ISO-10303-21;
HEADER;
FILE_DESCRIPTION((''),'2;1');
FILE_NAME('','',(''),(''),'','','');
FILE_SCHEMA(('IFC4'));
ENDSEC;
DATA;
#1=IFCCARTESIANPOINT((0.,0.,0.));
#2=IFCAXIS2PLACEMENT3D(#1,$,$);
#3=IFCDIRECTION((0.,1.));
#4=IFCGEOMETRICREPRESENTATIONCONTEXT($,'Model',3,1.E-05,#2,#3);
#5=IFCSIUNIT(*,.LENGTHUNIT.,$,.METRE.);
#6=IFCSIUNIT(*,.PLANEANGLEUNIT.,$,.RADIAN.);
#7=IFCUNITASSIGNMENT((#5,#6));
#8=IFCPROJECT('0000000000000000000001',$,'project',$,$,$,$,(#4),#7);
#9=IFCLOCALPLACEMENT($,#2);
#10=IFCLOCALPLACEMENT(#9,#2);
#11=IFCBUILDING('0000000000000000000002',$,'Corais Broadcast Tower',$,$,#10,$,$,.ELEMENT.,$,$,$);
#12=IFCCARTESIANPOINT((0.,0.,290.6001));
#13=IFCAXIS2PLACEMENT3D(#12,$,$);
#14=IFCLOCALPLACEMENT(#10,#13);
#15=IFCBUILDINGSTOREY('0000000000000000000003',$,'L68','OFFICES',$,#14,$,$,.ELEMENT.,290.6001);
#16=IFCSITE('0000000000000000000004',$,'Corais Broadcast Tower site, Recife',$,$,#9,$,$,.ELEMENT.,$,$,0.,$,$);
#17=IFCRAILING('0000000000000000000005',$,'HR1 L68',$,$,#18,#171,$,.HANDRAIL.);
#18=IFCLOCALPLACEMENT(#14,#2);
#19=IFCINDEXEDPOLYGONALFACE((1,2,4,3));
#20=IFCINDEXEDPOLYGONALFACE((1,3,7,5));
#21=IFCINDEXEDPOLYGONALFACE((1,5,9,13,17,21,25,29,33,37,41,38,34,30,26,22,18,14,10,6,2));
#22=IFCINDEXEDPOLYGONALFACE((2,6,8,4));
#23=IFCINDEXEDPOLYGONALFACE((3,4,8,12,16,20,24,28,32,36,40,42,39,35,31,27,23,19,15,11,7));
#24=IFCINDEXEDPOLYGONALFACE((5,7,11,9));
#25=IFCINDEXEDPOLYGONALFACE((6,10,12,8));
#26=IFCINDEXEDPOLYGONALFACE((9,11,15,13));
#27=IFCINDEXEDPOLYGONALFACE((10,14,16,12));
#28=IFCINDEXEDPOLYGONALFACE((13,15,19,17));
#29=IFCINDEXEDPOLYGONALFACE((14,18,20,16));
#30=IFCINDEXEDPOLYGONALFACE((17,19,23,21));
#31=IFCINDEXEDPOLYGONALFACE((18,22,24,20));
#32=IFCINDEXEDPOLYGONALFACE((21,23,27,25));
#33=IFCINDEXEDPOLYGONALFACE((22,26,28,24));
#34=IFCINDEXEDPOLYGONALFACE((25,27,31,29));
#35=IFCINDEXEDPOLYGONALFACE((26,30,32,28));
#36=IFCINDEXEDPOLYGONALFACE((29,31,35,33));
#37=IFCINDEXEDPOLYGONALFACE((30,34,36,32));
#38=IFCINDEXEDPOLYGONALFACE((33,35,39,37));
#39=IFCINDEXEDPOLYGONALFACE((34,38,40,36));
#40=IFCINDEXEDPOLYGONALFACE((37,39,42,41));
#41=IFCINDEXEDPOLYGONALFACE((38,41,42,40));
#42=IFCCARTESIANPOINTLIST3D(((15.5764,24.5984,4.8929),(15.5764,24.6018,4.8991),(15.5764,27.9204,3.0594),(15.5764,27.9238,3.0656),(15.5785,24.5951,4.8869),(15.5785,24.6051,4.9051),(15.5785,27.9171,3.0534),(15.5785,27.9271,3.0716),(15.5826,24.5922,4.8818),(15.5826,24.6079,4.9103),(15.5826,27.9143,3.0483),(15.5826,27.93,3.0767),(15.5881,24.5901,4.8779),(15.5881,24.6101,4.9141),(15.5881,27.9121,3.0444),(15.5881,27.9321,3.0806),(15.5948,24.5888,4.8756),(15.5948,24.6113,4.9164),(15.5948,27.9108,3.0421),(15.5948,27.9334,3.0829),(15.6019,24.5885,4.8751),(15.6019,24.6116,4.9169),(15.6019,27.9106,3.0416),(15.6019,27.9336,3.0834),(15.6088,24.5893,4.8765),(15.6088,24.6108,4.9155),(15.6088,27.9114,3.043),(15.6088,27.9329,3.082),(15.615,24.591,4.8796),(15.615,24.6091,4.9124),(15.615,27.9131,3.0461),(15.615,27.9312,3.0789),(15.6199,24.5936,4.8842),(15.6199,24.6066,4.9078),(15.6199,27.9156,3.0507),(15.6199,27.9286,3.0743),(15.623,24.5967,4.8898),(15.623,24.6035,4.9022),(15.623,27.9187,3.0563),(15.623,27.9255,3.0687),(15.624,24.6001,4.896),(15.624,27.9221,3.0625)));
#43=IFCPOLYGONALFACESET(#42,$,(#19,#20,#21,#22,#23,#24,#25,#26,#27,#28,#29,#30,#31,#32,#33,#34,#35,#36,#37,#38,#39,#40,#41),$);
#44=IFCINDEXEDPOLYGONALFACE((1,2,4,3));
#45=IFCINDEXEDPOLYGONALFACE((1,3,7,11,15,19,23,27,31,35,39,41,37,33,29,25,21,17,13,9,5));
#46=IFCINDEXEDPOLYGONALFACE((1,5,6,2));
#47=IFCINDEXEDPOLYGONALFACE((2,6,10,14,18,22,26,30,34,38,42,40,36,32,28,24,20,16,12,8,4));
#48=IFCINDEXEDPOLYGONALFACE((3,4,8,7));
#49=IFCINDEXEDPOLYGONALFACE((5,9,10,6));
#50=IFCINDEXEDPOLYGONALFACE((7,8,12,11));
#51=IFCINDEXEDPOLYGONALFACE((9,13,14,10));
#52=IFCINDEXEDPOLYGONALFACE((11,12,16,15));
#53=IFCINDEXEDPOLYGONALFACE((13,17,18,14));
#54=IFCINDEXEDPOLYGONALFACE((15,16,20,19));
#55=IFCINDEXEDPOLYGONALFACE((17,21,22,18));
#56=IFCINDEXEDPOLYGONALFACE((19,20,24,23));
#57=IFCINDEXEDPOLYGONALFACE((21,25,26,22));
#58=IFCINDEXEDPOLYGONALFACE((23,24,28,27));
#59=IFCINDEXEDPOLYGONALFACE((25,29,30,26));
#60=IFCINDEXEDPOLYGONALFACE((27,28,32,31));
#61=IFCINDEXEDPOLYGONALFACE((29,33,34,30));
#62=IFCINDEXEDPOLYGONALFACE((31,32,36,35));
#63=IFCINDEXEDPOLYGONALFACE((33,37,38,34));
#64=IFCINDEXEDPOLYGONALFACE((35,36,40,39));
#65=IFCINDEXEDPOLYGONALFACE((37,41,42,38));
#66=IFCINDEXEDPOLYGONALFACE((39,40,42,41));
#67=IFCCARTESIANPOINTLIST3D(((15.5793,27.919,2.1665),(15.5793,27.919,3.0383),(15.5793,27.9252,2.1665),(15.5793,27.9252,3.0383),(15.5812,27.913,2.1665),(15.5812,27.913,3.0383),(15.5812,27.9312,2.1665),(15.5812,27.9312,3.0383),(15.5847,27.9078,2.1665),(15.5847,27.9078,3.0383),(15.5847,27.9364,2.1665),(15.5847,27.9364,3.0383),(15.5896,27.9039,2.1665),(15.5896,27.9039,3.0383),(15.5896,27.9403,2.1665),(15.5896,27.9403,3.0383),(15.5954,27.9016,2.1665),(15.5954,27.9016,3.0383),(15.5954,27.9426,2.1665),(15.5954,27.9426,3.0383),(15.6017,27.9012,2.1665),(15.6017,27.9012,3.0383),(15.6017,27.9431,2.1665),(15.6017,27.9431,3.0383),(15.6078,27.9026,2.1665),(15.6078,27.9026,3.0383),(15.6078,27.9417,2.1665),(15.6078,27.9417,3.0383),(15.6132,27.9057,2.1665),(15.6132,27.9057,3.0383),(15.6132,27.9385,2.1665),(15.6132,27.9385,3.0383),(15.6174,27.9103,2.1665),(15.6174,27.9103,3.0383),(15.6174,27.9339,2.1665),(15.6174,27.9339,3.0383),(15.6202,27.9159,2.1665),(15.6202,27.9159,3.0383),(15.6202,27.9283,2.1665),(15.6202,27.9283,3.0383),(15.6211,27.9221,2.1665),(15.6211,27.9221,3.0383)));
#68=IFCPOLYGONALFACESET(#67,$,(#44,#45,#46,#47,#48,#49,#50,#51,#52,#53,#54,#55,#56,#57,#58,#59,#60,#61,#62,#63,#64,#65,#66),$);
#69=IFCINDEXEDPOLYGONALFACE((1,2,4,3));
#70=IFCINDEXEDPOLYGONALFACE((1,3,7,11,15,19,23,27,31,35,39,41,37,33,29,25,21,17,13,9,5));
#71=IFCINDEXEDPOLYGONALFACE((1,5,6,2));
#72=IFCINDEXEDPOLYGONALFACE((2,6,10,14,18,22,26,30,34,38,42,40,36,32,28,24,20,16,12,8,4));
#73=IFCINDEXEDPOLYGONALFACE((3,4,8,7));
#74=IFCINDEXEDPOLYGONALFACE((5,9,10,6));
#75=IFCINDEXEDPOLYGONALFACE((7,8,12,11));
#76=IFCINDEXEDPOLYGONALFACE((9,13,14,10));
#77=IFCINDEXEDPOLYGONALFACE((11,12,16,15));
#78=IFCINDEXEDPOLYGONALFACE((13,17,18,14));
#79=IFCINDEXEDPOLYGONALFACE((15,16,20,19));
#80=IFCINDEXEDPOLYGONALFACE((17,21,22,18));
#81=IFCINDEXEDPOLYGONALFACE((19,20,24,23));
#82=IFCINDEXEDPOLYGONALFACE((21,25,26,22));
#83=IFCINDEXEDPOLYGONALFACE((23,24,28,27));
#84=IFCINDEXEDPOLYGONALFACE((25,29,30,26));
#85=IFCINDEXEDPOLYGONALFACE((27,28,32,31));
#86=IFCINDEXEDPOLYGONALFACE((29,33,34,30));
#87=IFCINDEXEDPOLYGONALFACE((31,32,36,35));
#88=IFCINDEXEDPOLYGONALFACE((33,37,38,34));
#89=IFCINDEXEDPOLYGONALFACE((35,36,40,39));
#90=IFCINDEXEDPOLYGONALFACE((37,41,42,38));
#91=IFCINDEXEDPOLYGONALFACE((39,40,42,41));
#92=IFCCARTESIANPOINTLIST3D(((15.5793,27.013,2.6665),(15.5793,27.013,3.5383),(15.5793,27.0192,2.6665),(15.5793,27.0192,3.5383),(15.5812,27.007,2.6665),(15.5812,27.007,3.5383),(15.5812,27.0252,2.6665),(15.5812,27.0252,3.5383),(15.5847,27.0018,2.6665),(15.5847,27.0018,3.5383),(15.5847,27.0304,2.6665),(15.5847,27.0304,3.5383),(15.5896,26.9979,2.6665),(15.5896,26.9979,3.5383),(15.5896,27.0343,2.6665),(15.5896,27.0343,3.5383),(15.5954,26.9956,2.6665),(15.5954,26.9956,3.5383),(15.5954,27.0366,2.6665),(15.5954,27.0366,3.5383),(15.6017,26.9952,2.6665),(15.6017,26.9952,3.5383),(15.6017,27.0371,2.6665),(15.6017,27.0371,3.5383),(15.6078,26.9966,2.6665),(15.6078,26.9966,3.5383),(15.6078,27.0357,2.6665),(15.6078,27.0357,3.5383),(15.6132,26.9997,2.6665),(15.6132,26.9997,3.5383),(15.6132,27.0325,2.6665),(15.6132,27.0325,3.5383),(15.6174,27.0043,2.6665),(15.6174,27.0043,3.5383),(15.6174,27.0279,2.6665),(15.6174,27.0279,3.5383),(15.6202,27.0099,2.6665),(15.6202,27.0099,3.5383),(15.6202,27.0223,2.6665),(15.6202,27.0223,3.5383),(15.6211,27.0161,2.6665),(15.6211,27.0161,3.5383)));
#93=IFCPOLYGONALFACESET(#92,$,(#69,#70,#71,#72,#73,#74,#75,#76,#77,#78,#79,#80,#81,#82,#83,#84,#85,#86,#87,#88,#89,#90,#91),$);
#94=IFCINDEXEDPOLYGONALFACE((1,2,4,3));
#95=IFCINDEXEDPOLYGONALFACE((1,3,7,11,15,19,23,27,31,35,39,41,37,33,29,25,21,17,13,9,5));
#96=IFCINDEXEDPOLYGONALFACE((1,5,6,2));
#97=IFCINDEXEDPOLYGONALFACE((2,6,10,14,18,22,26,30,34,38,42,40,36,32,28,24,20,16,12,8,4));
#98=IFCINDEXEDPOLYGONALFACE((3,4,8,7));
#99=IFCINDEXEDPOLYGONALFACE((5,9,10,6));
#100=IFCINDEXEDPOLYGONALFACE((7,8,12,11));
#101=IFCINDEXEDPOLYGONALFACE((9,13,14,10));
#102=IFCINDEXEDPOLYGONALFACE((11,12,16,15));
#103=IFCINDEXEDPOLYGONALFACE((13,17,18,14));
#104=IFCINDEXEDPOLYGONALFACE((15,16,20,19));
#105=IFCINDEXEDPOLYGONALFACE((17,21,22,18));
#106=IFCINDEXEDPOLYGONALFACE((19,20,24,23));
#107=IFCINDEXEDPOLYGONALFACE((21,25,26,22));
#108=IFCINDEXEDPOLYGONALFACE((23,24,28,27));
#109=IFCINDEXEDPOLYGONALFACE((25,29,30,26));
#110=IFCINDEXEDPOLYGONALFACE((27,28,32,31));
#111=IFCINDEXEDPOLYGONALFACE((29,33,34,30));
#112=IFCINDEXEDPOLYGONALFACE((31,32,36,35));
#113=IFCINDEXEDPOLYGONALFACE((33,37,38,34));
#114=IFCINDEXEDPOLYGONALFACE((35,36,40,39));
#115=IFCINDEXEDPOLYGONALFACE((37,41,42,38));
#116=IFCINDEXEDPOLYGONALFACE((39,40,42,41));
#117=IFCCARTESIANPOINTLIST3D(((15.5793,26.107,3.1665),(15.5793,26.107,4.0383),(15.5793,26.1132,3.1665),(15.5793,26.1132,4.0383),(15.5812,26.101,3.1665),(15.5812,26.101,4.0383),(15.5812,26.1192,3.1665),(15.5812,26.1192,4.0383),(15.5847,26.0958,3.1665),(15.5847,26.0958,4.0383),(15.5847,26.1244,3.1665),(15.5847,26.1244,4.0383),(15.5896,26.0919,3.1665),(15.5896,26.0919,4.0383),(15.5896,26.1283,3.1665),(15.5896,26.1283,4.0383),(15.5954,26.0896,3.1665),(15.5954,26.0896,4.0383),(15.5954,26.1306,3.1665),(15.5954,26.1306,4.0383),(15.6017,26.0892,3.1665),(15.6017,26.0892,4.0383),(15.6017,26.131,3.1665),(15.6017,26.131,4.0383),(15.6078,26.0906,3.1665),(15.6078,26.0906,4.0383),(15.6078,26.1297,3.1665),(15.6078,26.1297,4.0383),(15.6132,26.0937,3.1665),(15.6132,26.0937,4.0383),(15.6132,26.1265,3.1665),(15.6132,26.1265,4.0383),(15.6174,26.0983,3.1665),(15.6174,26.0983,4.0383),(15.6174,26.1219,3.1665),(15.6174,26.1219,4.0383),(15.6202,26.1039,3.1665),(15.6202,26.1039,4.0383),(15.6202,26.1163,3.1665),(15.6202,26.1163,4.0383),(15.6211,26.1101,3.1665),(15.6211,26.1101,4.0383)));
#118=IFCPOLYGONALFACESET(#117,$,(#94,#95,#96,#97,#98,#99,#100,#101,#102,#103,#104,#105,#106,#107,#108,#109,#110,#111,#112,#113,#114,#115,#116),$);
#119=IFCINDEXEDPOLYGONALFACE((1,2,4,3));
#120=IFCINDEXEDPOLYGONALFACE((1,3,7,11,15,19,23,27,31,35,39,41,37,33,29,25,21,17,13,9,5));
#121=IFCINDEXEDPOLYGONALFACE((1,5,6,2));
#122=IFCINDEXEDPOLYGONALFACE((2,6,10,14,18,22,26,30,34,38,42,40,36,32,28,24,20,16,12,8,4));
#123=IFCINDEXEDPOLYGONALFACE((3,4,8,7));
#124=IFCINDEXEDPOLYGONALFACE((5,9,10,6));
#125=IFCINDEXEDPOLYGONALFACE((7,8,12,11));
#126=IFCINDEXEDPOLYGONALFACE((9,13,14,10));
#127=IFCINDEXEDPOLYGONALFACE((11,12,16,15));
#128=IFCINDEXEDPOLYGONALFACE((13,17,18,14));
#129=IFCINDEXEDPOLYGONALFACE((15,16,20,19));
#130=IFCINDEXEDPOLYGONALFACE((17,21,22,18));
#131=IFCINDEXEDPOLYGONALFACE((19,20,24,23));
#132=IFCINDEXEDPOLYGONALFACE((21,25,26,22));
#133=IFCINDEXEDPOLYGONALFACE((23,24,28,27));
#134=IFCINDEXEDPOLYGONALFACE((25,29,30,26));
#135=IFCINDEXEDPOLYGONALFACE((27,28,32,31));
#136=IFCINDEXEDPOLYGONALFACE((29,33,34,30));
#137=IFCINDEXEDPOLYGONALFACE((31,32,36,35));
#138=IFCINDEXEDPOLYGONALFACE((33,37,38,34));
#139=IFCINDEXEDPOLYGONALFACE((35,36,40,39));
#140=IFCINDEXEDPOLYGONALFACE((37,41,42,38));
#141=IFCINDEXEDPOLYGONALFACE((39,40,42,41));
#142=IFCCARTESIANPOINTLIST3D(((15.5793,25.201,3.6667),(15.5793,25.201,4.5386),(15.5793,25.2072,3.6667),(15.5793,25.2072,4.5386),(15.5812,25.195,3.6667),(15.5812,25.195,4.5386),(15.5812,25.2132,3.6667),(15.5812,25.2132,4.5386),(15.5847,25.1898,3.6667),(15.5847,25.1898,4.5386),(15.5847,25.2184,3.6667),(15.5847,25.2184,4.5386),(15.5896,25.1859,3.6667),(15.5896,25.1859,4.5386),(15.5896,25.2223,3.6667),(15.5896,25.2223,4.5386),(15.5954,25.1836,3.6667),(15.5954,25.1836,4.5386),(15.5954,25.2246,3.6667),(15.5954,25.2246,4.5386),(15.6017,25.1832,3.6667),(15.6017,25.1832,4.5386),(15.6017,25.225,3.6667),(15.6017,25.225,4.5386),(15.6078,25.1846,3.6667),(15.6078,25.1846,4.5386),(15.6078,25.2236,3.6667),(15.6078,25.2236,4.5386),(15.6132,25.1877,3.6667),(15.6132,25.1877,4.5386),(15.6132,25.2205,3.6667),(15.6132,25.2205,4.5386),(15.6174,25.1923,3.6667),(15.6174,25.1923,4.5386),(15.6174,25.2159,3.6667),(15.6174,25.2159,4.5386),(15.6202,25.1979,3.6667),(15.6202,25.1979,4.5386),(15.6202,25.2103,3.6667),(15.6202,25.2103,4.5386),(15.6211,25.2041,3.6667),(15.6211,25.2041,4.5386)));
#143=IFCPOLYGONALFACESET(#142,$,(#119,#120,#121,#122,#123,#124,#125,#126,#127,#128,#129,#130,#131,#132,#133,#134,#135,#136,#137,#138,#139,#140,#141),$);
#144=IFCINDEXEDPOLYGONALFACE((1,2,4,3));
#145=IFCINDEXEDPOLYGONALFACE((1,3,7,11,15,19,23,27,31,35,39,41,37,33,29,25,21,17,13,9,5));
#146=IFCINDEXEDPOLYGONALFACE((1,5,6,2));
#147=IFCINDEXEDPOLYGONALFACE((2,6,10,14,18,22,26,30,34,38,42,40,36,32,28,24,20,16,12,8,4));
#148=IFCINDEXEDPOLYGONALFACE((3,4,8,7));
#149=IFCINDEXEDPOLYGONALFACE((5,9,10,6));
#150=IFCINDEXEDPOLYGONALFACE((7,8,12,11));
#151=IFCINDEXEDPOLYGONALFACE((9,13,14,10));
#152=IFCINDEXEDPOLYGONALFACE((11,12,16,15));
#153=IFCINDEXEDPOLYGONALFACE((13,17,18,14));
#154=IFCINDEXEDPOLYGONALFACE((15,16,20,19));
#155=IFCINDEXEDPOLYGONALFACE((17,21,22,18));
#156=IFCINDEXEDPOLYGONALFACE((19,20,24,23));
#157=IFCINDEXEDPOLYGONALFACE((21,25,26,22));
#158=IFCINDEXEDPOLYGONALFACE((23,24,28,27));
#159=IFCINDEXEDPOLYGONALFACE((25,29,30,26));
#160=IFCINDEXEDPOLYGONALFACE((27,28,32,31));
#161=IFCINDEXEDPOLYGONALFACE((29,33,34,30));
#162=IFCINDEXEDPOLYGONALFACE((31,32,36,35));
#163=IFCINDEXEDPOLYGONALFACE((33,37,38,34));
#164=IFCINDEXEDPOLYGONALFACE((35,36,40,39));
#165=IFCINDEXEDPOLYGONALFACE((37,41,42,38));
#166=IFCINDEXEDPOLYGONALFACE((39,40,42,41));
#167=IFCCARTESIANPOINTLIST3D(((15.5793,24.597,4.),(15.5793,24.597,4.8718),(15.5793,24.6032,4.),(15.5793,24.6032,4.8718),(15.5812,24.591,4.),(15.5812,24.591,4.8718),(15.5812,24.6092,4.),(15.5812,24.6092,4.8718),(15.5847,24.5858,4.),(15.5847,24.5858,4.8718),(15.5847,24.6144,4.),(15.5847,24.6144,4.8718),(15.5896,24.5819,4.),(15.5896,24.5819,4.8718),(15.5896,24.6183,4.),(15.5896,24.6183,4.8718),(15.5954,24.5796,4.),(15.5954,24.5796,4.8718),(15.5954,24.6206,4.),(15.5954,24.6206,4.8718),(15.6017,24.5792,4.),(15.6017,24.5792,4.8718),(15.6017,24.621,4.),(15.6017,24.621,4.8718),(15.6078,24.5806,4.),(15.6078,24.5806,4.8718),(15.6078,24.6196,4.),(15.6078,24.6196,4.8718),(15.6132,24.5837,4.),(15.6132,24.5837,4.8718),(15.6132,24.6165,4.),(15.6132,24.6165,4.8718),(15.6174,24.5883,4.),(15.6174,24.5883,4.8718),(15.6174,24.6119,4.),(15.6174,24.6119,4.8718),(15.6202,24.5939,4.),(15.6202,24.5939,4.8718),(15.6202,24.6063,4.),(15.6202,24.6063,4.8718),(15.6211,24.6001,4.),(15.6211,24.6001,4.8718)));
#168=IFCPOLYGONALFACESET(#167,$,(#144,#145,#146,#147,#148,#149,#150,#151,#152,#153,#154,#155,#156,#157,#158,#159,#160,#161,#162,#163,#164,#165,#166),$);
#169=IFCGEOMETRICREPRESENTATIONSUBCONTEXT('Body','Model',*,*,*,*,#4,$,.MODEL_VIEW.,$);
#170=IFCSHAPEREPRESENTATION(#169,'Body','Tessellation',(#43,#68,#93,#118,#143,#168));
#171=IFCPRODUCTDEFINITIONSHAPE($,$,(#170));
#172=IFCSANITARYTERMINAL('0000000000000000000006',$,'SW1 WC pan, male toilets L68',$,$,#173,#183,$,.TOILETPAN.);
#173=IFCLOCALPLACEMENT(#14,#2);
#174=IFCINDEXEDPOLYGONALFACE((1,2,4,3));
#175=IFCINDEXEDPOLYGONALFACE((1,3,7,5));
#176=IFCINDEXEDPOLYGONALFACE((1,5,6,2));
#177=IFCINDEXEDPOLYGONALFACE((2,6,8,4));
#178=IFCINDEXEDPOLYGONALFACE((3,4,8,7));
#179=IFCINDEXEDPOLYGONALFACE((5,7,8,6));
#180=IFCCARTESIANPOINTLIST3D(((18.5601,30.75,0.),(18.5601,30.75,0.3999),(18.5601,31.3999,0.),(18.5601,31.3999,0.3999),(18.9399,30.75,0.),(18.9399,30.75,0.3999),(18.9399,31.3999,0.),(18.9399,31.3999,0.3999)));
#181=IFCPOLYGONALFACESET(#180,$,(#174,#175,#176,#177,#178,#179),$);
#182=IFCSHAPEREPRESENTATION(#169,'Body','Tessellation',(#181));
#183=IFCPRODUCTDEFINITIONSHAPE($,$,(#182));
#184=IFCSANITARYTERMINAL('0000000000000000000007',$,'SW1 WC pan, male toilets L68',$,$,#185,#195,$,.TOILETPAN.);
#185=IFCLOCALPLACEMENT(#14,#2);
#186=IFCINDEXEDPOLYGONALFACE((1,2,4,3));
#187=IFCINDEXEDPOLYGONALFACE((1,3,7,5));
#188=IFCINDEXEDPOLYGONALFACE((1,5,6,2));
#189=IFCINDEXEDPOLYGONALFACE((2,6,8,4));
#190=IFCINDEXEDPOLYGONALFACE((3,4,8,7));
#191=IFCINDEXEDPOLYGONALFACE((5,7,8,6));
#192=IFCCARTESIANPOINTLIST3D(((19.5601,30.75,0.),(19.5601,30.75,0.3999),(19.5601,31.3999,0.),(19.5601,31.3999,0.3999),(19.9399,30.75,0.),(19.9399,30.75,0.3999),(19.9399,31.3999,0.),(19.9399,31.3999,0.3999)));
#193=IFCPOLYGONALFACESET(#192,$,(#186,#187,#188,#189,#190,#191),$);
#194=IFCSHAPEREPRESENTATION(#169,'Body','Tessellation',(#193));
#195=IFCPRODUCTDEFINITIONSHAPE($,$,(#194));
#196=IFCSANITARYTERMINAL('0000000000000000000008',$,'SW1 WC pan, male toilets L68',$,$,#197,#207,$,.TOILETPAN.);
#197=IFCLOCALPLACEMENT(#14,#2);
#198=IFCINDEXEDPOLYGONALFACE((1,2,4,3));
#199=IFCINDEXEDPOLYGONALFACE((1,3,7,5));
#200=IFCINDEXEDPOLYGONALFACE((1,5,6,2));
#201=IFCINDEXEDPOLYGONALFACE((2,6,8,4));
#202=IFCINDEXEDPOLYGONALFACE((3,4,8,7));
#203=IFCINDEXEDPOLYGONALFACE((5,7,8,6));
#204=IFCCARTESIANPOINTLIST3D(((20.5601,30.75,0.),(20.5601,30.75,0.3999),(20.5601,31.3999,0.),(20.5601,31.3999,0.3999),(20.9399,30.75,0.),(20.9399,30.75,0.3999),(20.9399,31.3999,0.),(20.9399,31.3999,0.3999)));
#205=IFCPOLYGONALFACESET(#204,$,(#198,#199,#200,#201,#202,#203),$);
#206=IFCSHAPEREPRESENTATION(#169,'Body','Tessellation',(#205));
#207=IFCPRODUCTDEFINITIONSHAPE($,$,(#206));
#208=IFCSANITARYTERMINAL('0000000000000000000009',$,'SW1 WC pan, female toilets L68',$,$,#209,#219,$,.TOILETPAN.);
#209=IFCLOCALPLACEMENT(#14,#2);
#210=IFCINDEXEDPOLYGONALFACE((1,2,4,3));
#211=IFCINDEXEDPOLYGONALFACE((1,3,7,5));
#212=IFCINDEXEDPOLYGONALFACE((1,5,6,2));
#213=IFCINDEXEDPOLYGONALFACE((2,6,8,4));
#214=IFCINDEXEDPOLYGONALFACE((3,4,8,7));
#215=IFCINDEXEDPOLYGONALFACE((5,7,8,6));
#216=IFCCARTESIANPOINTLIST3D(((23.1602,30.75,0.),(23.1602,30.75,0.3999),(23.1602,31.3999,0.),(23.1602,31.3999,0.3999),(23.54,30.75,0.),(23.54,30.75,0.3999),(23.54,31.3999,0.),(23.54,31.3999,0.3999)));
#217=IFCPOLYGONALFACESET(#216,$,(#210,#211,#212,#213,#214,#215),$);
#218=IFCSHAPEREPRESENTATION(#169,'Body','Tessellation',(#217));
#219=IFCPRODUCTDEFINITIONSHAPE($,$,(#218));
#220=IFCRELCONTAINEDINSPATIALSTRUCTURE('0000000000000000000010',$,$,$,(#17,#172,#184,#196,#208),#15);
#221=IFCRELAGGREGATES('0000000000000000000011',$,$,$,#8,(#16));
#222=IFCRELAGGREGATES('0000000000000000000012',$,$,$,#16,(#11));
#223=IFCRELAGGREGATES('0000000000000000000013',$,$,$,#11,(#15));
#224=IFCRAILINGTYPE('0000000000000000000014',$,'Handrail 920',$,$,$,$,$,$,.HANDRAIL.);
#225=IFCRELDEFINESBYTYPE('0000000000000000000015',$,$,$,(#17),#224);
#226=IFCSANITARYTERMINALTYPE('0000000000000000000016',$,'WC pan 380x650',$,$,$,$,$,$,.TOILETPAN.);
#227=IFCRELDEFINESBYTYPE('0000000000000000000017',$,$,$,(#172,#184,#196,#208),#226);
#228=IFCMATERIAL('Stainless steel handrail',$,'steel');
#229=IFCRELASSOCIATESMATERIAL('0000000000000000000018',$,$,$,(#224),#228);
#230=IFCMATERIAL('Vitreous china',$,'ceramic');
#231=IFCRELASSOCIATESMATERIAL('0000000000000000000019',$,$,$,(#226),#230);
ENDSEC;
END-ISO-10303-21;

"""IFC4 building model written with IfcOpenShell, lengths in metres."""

from ifc_helpers import new_model, si_unit, direction, frame, origin, origin_2d, place, context, subcontext, project, spatial, rectangle, circle, extrude, material, type_object, element, save


model = new_model("IFC4")

# Units and contexts
model_context = context("Model", 3, precision=1e-05, world=origin(), true_north=direction((0.0, 1.0)))
body_context = subcontext(model_context, "Body", "Model", "MODEL_VIEW")
ifc_project = project(units=[si_unit("LENGTHUNIT", "METRE"), si_unit("PLANEANGLEUNIT", "RADIAN")], contexts=[model_context])

# Site, building, storey
site_placement = place(None, origin())
site = spatial("IfcSite", under=ifc_project, at=site_placement, Name="Corais Broadcast Tower site, Recife", CompositionType="ELEMENT", RefElevation=0.0)
building_placement = place(site_placement, origin())
building = spatial("IfcBuilding", under=site, at=building_placement, Name="Corais Broadcast Tower", CompositionType="ELEMENT")
storey_placement = place(building_placement, frame((0.0, 0.0, 290.6001)))
storey = spatial("IfcBuildingStorey", under=building, at=storey_placement, Name="L68", Description="OFFICES", CompositionType="ELEMENT", Elevation=290.6001)

# Railing
ifc_material_1 = material(Name="Stainless steel handrail", Category="steel")
railing_type = type_object("IfcRailingType", Name="Handrail 920", PredefinedType="HANDRAIL", material=ifc_material_1)
railing_1_placement = place(storey_placement, frame((15.6001, 27.9221, 2.1665)))
element("IfcRailing", 1, at=railing_1_placement, inside=storey, type_object=railing_type, Name="HR1 L68", PredefinedType="HANDRAIL", context=body_context, shape_type="SweptSolid", body=[
    extrude(circle(Radius=0.0239, at=origin_2d()), frame((0.0, 0.0, 0.896), z_axis=(0.0, -0.875504, 0.48321), x_axis=(1.0, 0.0, 0.0)), (0.0, 0.0, 1.0), 3.7944),
    extrude(circle(Radius=0.021, at=origin_2d()), origin(), (0.0, 0.0, 1.0), 0.8718),
    extrude(circle(Radius=0.021, at=origin_2d()), frame((0.0, -0.906, 0.5)), (0.0, 0.0, 1.0), 0.8718),
    extrude(circle(Radius=0.021, at=origin_2d()), frame((0.0, -1.812, 1.0)), (0.0, 0.0, 1.0), 0.8718),
    extrude(circle(Radius=0.021, at=origin_2d()), frame((0.0, -2.718, 1.5002)), (0.0, 0.0, 1.0), 0.8718),
    extrude(circle(Radius=0.021, at=origin_2d()), frame((0.0, -3.322, 1.8335)), (0.0, 0.0, 1.0), 0.8718),
])

# Sanitary terminals
ifc_material_2 = material(Name="Vitreous china", Category="ceramic")
sanitary_terminal_type_1 = type_object("IfcSanitaryTerminalType", Name="WC pan 380x650", PredefinedType="TOILETPAN", material=ifc_material_2)
for number, where, z_axis, x_axis, name in (
    (2, (18.75, 31.075, 0.0), (0.0, 0.0, 1.0), (1.0, 0.0, 0.0), "SW1 WC pan, male toilets L68"),
    (3, (19.75, 31.075, 0.0), (0.0, 0.0, 1.0), (1.0, 0.0, 0.0), "SW1 WC pan, male toilets L68"),
    (4, (20.75, 31.075, 0.0), (0.0, 0.0, 1.0), (1.0, 0.0, 0.0), "SW1 WC pan, male toilets L68"),
    (5, (23.3501, 31.075, 0.0), (0.0, 0.0, 1.0), (1.0, 0.0, 0.0), "SW1 WC pan, female toilets L68"),
):
    element("IfcSanitaryTerminal", number, at=place(storey_placement, frame(where, z_axis=z_axis, x_axis=x_axis)), inside=storey, type_object=sanitary_terminal_type_1, Name=name, PredefinedType="TOILETPAN", context=body_context, shape_type="SweptSolid", body=[
        extrude(rectangle(XDim=0.3799, YDim=0.6499, at=origin_2d()), origin(), (0.0, 0.0, 1.0), 0.3999),
    ])

save(model, "model.ifc")
